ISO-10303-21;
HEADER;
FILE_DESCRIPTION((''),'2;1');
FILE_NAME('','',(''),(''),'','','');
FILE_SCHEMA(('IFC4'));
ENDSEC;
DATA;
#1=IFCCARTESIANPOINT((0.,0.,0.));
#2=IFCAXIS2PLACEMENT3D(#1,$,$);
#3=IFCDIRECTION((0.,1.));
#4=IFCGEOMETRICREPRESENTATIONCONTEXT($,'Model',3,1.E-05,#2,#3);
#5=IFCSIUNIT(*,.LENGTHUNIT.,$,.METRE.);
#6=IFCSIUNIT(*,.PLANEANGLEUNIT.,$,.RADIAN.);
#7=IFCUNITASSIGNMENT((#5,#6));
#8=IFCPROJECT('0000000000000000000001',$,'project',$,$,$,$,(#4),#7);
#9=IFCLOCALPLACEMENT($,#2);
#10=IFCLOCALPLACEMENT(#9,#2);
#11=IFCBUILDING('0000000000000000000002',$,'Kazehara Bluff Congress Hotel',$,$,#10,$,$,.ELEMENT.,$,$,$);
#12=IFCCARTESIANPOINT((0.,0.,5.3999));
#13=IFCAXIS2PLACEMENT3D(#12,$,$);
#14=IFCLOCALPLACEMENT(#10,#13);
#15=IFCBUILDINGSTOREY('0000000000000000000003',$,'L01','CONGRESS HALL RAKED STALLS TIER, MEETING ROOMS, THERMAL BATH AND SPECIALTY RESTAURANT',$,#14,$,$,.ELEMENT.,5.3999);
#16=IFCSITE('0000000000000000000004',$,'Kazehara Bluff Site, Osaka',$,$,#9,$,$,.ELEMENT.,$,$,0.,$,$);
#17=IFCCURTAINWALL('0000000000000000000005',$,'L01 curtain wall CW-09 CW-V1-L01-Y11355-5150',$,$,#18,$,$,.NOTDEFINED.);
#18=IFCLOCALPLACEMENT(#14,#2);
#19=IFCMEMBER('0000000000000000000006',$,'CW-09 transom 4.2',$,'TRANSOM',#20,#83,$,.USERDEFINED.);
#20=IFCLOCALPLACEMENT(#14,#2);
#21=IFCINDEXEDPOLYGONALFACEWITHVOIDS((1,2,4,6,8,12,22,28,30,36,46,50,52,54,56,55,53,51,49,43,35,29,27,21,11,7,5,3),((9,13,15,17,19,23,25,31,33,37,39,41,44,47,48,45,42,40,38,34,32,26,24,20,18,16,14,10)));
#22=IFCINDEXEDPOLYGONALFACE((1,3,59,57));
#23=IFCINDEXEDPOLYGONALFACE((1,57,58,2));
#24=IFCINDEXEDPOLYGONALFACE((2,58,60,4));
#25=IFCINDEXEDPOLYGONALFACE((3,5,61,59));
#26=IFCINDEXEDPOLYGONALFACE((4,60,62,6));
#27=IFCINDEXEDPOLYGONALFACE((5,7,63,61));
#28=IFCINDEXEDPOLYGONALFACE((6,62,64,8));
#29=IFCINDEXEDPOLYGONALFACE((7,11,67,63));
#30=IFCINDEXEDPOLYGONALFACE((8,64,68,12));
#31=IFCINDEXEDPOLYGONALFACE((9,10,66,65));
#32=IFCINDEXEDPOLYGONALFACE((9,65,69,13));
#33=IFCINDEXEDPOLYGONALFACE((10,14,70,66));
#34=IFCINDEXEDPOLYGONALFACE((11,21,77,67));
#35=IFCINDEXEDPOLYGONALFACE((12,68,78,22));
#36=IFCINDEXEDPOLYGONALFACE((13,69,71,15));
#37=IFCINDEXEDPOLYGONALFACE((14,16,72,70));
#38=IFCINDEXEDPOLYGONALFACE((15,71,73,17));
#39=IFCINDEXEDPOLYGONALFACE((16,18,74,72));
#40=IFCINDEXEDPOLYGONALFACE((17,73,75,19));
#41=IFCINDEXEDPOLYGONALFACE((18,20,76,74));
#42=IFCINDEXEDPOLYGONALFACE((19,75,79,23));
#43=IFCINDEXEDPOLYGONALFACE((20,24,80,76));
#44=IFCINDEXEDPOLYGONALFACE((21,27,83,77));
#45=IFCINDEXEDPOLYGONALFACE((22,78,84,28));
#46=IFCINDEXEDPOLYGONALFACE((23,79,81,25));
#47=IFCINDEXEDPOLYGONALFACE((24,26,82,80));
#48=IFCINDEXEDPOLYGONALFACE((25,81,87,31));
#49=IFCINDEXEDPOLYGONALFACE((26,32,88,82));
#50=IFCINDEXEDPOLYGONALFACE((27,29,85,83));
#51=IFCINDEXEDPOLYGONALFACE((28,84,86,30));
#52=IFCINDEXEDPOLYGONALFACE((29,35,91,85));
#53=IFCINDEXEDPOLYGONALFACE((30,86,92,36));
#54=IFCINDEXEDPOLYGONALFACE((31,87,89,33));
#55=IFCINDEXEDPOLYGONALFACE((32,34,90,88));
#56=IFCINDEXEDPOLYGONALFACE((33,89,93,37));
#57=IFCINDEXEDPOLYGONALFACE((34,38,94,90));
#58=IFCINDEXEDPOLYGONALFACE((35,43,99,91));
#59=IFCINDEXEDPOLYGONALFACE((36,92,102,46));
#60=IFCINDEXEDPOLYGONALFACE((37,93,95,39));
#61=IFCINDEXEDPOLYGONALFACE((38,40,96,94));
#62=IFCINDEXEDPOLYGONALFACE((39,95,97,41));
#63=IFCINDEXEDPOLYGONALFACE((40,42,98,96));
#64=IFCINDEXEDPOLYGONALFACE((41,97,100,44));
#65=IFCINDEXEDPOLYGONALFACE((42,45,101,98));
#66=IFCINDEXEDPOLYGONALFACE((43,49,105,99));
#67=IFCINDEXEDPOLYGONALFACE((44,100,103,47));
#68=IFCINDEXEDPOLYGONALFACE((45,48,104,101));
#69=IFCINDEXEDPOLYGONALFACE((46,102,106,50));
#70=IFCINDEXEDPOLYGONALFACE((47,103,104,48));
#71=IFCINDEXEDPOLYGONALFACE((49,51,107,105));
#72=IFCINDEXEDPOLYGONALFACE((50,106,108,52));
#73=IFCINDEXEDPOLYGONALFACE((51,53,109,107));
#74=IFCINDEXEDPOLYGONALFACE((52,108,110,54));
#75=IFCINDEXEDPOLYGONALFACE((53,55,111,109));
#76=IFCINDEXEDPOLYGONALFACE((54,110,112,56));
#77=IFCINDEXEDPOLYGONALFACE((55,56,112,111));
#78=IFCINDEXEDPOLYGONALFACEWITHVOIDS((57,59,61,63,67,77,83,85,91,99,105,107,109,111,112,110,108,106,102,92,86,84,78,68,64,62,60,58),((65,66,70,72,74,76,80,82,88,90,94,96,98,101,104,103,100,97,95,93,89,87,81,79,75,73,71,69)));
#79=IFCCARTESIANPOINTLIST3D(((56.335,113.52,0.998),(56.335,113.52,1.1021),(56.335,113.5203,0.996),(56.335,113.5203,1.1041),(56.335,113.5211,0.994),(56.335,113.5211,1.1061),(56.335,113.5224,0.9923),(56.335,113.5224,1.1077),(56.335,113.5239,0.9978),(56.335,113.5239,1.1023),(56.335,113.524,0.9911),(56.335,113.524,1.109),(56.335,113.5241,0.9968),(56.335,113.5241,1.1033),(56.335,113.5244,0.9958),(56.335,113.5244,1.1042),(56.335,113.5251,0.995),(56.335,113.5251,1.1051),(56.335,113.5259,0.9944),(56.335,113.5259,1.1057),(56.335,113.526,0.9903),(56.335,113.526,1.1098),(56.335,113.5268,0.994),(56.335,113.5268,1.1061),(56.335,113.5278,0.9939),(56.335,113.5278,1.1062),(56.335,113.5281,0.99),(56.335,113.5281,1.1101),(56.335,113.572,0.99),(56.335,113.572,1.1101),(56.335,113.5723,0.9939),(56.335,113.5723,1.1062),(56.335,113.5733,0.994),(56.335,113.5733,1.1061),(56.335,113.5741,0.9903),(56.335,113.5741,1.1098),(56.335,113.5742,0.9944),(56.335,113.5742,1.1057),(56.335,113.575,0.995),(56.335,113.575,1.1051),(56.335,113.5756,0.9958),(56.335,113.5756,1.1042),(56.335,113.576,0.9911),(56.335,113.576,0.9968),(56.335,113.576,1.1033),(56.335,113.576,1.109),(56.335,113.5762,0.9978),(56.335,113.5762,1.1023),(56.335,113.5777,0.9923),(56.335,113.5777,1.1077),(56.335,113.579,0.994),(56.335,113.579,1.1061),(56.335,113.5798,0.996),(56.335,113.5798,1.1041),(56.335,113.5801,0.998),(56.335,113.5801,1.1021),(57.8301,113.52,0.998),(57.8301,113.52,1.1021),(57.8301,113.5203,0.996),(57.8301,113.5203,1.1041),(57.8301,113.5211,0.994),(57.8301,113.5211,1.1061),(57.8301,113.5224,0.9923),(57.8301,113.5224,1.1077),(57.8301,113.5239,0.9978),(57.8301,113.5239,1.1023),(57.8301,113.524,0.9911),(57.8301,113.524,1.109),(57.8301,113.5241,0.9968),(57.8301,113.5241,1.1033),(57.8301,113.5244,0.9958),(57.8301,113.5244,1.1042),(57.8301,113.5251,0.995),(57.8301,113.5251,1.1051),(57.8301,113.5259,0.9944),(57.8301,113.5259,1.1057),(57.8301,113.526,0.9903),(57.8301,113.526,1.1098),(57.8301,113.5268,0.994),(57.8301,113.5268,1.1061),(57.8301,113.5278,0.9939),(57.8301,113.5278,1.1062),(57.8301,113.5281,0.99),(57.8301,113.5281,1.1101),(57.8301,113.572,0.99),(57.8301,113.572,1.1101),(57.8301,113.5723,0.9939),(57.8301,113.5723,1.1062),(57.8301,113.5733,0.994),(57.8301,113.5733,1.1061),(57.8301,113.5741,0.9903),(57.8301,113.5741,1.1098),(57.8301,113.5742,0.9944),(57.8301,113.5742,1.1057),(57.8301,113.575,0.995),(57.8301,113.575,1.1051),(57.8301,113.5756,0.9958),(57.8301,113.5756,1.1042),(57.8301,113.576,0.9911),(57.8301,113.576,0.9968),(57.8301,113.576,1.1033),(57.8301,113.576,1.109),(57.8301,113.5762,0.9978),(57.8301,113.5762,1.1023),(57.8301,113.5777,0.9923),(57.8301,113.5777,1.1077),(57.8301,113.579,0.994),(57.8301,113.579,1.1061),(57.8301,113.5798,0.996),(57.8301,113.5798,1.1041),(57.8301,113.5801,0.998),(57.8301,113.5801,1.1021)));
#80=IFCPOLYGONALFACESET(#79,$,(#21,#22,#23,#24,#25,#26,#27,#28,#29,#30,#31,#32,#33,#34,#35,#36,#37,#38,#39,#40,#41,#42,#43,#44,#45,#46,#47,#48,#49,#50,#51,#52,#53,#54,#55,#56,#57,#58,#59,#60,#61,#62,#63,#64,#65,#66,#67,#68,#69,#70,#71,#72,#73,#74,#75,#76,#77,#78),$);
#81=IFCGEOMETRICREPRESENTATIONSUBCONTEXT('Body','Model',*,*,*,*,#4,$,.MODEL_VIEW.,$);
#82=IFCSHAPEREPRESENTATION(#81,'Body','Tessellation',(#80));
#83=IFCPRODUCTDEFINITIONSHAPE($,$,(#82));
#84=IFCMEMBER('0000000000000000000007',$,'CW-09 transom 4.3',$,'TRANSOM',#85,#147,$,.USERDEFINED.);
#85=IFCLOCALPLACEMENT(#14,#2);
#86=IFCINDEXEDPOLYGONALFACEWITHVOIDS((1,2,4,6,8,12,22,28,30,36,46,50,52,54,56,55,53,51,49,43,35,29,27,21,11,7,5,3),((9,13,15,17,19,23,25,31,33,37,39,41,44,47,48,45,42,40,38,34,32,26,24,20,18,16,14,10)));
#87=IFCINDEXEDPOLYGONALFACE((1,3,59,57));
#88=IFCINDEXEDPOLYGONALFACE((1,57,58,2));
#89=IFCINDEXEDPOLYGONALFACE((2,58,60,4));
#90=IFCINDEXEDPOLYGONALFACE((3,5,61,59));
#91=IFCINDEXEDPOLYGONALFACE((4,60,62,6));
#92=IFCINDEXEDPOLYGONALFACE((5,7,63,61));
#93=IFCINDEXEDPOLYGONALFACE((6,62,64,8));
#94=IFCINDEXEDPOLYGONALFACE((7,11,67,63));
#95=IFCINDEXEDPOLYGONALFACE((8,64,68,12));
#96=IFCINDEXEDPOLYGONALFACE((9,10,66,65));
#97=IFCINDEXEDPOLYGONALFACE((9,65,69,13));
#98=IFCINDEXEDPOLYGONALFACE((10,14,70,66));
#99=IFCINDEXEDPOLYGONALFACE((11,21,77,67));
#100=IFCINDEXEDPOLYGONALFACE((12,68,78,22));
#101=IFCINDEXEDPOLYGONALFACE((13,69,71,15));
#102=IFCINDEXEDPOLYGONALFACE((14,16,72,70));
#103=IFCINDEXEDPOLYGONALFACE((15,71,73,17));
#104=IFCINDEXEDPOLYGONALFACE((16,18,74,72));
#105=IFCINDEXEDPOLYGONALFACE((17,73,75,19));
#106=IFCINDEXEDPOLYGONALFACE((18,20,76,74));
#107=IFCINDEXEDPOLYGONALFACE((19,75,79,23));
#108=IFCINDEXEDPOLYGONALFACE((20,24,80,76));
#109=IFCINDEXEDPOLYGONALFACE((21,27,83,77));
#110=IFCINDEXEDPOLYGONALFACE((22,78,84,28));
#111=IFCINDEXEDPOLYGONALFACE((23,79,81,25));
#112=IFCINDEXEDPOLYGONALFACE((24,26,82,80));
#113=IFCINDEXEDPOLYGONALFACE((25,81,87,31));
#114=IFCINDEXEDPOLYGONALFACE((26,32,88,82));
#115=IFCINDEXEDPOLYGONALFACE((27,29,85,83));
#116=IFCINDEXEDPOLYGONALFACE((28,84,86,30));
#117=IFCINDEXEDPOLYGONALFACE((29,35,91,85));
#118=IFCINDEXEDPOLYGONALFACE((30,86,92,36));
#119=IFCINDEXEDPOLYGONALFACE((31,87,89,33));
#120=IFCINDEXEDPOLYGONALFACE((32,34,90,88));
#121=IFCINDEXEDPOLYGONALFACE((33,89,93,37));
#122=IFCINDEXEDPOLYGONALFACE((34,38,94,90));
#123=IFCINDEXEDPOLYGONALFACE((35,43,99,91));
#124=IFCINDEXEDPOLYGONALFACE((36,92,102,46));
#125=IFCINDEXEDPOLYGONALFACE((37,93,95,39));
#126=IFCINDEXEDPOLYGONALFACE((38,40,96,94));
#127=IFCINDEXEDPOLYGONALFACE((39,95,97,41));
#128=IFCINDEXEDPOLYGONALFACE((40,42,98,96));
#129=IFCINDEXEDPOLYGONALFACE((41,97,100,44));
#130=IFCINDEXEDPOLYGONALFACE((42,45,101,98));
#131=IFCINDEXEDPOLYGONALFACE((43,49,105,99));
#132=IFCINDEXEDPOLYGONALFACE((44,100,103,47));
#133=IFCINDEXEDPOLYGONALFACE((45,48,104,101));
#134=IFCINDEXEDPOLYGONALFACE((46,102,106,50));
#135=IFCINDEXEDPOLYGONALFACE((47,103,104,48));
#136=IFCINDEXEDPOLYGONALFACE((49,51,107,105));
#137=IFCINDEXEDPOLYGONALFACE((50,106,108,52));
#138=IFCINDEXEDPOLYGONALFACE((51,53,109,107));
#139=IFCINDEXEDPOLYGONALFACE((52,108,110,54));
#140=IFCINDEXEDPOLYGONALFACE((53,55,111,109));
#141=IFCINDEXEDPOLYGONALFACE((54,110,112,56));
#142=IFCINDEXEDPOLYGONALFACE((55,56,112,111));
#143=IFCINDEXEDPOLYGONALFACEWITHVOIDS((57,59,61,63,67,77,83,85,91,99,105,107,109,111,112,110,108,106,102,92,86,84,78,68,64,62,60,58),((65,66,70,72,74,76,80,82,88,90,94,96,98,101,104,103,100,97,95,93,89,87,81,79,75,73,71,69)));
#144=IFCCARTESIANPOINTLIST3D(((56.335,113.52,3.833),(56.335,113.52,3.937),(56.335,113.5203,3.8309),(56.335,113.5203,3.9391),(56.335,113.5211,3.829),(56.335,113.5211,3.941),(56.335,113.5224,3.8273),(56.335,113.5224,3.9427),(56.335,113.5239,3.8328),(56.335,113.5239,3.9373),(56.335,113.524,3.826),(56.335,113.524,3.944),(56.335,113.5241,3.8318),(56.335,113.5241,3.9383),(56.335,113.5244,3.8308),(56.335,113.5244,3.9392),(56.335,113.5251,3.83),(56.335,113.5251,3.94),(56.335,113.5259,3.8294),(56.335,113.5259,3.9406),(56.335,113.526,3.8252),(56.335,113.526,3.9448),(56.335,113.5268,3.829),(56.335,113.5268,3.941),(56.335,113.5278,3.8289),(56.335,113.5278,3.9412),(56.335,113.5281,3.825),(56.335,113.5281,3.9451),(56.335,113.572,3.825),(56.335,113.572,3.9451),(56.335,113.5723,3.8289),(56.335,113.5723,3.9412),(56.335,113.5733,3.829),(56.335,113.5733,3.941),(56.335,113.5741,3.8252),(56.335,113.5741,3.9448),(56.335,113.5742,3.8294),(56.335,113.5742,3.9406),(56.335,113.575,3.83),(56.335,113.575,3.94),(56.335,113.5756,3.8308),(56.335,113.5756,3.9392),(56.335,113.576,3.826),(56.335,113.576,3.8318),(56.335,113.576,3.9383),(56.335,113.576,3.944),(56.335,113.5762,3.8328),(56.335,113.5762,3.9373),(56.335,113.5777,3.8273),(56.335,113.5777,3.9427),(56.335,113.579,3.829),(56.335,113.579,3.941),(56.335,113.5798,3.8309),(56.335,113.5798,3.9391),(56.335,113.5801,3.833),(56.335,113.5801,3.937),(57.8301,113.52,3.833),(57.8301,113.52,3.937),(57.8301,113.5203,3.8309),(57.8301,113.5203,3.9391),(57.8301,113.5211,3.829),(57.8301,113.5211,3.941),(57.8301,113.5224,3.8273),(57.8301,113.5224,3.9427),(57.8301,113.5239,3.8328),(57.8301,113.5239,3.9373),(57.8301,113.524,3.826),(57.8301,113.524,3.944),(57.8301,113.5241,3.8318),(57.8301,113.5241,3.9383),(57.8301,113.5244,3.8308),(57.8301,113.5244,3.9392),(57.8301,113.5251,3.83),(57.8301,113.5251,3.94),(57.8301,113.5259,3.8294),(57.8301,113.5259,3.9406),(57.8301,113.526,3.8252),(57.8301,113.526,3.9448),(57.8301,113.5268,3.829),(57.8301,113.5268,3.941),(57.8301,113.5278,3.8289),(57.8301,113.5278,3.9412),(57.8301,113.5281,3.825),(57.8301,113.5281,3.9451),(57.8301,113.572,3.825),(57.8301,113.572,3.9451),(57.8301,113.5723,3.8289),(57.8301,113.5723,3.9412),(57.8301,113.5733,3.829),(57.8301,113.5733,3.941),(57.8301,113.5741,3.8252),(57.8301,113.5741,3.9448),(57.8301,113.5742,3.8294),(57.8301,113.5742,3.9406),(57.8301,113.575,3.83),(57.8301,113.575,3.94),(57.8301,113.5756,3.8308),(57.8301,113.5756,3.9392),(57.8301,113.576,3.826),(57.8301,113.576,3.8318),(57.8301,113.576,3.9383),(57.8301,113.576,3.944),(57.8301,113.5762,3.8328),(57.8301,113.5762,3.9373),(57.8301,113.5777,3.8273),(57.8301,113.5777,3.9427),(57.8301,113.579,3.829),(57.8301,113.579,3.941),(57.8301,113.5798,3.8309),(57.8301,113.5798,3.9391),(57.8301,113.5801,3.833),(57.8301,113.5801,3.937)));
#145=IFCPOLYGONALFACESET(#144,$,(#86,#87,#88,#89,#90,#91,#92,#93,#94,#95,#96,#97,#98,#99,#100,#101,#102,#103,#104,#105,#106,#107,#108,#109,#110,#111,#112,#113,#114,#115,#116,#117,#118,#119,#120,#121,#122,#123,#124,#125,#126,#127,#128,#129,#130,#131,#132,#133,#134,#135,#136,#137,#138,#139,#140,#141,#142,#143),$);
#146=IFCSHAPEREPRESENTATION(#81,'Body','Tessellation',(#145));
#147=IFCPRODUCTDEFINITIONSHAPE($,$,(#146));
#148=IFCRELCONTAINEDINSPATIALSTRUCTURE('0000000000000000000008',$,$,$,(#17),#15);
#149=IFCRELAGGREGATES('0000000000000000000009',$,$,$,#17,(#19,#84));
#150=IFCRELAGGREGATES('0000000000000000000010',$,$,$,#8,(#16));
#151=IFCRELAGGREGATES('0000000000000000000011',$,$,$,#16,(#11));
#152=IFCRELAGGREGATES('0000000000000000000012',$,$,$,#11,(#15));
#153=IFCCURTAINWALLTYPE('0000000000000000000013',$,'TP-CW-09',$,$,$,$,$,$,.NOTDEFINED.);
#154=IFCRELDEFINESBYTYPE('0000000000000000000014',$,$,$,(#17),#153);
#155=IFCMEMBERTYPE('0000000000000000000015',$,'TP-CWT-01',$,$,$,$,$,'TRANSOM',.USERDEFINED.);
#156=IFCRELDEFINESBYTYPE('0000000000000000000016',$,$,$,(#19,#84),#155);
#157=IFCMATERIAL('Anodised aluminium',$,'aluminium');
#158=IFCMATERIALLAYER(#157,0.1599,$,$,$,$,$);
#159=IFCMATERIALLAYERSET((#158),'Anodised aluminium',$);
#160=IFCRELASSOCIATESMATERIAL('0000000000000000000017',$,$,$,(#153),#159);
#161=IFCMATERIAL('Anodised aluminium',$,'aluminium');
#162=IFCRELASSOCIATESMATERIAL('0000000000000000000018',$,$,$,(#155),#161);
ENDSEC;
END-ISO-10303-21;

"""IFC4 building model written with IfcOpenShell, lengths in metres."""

from ifc_helpers import new_model, si_unit, direction, frame, origin, origin_2d, place, context, subcontext, project, spatial, hollow_rectangle, extrude, material, layer, layer_set, material_profile, profile_set, type_object, element, aggregate, save


model = new_model("IFC4")

# Units and contexts
model_context = context("Model", 3, precision=1e-05, world=origin(), true_north=direction((0.0, 1.0)))
body_context = subcontext(model_context, "Body", "Model", "MODEL_VIEW")
ifc_project = project(units=[si_unit("LENGTHUNIT", "METRE"), si_unit("PLANEANGLEUNIT", "RADIAN")], contexts=[model_context])

# Site, building, storey
site_placement = place(None, origin())
site = spatial("IfcSite", under=ifc_project, at=site_placement, Name="Kazehara Bluff Site, Osaka", CompositionType="ELEMENT", RefElevation=0.0)
building_placement = place(site_placement, origin())
building = spatial("IfcBuilding", under=site, at=building_placement, Name="Kazehara Bluff Congress Hotel", CompositionType="ELEMENT")
storey_placement = place(building_placement, frame((0.0, 0.0, 5.3999)))
storey = spatial("IfcBuildingStorey", under=building, at=storey_placement, Name="L01", Description="CONGRESS HALL RAKED STALLS TIER, MEETING ROOMS, THERMAL BATH AND SPECIALTY RESTAURANT", CompositionType="ELEMENT", Elevation=5.3999)

# Curtain wall, members
ifc_material_1 = material(Name="Anodised aluminium", Category="aluminium")
ifc_layer_1 = layer(ifc_material_1, 0.1599)
ifc_layer_set_1 = layer_set([ifc_layer_1], Name="Anodised aluminium")
curtain_wall_type = type_object("IfcCurtainWallType", Name="TP-CW-09", PredefinedType="NOTDEFINED", material=ifc_layer_set_1)
curtain_wall_placement = place(storey_placement, origin())
curtain_wall = element("IfcCurtainWall", 1, at=curtain_wall_placement, inside=storey, type_object=curtain_wall_type, Name="L01 curtain wall CW-09 CW-V1-L01-Y11355-5150", PredefinedType="NOTDEFINED")
ifc_material_2 = material(Name="Anodised aluminium", Category="aluminium")
ifc_material_profile_1 = material_profile(ifc_material_2, hollow_rectangle(XDim=0.0601, YDim=0.1201, WallThickness=0.0039, InnerFilletRadius=0.0039, OuterFilletRadius=0.0081, at=origin_2d()))
ifc_profile_set_1 = profile_set([ifc_material_profile_1], Name="Anodised aluminium")
member_type_1 = type_object("IfcMemberType", Name="TP-CWT-01", ElementType="TRANSOM", PredefinedType="USERDEFINED", material=ifc_profile_set_1)
member_1_placement = place(storey_placement, frame((56.335, 113.55, 1.05), z_axis=(1.0, 0.0, 0.0), x_axis=(0.0, 1.0, 0.0)))
member_1 = element("IfcMember", 2, at=member_1_placement, type_object=member_type_1, Name="CW-09 transom 4.2", ObjectType="TRANSOM", PredefinedType="USERDEFINED", context=body_context, shape_type="SweptSolid", body=[
    extrude(hollow_rectangle(XDim=0.0601, YDim=0.1201, WallThickness=0.0039, InnerFilletRadius=0.0039, OuterFilletRadius=0.0081, at=origin_2d()), origin(), (0.0, 0.0, 1.0), 1.4951),
])
member_2_placement = place(storey_placement, frame((56.335, 113.55, 3.885), z_axis=(1.0, 0.0, 0.0), x_axis=(0.0, 1.0, 0.0)))
member_2 = element("IfcMember", 3, at=member_2_placement, type_object=member_type_1, Name="CW-09 transom 4.3", ObjectType="TRANSOM", PredefinedType="USERDEFINED", context=body_context, shape_type="SweptSolid", body=[
    extrude(hollow_rectangle(XDim=0.0601, YDim=0.1201, WallThickness=0.0039, InnerFilletRadius=0.0039, OuterFilletRadius=0.0081, at=origin_2d()), origin(), (0.0, 0.0, 1.0), 1.4951),
])
aggregate(curtain_wall, [member_1, member_2])

save(model, "model.ifc")
